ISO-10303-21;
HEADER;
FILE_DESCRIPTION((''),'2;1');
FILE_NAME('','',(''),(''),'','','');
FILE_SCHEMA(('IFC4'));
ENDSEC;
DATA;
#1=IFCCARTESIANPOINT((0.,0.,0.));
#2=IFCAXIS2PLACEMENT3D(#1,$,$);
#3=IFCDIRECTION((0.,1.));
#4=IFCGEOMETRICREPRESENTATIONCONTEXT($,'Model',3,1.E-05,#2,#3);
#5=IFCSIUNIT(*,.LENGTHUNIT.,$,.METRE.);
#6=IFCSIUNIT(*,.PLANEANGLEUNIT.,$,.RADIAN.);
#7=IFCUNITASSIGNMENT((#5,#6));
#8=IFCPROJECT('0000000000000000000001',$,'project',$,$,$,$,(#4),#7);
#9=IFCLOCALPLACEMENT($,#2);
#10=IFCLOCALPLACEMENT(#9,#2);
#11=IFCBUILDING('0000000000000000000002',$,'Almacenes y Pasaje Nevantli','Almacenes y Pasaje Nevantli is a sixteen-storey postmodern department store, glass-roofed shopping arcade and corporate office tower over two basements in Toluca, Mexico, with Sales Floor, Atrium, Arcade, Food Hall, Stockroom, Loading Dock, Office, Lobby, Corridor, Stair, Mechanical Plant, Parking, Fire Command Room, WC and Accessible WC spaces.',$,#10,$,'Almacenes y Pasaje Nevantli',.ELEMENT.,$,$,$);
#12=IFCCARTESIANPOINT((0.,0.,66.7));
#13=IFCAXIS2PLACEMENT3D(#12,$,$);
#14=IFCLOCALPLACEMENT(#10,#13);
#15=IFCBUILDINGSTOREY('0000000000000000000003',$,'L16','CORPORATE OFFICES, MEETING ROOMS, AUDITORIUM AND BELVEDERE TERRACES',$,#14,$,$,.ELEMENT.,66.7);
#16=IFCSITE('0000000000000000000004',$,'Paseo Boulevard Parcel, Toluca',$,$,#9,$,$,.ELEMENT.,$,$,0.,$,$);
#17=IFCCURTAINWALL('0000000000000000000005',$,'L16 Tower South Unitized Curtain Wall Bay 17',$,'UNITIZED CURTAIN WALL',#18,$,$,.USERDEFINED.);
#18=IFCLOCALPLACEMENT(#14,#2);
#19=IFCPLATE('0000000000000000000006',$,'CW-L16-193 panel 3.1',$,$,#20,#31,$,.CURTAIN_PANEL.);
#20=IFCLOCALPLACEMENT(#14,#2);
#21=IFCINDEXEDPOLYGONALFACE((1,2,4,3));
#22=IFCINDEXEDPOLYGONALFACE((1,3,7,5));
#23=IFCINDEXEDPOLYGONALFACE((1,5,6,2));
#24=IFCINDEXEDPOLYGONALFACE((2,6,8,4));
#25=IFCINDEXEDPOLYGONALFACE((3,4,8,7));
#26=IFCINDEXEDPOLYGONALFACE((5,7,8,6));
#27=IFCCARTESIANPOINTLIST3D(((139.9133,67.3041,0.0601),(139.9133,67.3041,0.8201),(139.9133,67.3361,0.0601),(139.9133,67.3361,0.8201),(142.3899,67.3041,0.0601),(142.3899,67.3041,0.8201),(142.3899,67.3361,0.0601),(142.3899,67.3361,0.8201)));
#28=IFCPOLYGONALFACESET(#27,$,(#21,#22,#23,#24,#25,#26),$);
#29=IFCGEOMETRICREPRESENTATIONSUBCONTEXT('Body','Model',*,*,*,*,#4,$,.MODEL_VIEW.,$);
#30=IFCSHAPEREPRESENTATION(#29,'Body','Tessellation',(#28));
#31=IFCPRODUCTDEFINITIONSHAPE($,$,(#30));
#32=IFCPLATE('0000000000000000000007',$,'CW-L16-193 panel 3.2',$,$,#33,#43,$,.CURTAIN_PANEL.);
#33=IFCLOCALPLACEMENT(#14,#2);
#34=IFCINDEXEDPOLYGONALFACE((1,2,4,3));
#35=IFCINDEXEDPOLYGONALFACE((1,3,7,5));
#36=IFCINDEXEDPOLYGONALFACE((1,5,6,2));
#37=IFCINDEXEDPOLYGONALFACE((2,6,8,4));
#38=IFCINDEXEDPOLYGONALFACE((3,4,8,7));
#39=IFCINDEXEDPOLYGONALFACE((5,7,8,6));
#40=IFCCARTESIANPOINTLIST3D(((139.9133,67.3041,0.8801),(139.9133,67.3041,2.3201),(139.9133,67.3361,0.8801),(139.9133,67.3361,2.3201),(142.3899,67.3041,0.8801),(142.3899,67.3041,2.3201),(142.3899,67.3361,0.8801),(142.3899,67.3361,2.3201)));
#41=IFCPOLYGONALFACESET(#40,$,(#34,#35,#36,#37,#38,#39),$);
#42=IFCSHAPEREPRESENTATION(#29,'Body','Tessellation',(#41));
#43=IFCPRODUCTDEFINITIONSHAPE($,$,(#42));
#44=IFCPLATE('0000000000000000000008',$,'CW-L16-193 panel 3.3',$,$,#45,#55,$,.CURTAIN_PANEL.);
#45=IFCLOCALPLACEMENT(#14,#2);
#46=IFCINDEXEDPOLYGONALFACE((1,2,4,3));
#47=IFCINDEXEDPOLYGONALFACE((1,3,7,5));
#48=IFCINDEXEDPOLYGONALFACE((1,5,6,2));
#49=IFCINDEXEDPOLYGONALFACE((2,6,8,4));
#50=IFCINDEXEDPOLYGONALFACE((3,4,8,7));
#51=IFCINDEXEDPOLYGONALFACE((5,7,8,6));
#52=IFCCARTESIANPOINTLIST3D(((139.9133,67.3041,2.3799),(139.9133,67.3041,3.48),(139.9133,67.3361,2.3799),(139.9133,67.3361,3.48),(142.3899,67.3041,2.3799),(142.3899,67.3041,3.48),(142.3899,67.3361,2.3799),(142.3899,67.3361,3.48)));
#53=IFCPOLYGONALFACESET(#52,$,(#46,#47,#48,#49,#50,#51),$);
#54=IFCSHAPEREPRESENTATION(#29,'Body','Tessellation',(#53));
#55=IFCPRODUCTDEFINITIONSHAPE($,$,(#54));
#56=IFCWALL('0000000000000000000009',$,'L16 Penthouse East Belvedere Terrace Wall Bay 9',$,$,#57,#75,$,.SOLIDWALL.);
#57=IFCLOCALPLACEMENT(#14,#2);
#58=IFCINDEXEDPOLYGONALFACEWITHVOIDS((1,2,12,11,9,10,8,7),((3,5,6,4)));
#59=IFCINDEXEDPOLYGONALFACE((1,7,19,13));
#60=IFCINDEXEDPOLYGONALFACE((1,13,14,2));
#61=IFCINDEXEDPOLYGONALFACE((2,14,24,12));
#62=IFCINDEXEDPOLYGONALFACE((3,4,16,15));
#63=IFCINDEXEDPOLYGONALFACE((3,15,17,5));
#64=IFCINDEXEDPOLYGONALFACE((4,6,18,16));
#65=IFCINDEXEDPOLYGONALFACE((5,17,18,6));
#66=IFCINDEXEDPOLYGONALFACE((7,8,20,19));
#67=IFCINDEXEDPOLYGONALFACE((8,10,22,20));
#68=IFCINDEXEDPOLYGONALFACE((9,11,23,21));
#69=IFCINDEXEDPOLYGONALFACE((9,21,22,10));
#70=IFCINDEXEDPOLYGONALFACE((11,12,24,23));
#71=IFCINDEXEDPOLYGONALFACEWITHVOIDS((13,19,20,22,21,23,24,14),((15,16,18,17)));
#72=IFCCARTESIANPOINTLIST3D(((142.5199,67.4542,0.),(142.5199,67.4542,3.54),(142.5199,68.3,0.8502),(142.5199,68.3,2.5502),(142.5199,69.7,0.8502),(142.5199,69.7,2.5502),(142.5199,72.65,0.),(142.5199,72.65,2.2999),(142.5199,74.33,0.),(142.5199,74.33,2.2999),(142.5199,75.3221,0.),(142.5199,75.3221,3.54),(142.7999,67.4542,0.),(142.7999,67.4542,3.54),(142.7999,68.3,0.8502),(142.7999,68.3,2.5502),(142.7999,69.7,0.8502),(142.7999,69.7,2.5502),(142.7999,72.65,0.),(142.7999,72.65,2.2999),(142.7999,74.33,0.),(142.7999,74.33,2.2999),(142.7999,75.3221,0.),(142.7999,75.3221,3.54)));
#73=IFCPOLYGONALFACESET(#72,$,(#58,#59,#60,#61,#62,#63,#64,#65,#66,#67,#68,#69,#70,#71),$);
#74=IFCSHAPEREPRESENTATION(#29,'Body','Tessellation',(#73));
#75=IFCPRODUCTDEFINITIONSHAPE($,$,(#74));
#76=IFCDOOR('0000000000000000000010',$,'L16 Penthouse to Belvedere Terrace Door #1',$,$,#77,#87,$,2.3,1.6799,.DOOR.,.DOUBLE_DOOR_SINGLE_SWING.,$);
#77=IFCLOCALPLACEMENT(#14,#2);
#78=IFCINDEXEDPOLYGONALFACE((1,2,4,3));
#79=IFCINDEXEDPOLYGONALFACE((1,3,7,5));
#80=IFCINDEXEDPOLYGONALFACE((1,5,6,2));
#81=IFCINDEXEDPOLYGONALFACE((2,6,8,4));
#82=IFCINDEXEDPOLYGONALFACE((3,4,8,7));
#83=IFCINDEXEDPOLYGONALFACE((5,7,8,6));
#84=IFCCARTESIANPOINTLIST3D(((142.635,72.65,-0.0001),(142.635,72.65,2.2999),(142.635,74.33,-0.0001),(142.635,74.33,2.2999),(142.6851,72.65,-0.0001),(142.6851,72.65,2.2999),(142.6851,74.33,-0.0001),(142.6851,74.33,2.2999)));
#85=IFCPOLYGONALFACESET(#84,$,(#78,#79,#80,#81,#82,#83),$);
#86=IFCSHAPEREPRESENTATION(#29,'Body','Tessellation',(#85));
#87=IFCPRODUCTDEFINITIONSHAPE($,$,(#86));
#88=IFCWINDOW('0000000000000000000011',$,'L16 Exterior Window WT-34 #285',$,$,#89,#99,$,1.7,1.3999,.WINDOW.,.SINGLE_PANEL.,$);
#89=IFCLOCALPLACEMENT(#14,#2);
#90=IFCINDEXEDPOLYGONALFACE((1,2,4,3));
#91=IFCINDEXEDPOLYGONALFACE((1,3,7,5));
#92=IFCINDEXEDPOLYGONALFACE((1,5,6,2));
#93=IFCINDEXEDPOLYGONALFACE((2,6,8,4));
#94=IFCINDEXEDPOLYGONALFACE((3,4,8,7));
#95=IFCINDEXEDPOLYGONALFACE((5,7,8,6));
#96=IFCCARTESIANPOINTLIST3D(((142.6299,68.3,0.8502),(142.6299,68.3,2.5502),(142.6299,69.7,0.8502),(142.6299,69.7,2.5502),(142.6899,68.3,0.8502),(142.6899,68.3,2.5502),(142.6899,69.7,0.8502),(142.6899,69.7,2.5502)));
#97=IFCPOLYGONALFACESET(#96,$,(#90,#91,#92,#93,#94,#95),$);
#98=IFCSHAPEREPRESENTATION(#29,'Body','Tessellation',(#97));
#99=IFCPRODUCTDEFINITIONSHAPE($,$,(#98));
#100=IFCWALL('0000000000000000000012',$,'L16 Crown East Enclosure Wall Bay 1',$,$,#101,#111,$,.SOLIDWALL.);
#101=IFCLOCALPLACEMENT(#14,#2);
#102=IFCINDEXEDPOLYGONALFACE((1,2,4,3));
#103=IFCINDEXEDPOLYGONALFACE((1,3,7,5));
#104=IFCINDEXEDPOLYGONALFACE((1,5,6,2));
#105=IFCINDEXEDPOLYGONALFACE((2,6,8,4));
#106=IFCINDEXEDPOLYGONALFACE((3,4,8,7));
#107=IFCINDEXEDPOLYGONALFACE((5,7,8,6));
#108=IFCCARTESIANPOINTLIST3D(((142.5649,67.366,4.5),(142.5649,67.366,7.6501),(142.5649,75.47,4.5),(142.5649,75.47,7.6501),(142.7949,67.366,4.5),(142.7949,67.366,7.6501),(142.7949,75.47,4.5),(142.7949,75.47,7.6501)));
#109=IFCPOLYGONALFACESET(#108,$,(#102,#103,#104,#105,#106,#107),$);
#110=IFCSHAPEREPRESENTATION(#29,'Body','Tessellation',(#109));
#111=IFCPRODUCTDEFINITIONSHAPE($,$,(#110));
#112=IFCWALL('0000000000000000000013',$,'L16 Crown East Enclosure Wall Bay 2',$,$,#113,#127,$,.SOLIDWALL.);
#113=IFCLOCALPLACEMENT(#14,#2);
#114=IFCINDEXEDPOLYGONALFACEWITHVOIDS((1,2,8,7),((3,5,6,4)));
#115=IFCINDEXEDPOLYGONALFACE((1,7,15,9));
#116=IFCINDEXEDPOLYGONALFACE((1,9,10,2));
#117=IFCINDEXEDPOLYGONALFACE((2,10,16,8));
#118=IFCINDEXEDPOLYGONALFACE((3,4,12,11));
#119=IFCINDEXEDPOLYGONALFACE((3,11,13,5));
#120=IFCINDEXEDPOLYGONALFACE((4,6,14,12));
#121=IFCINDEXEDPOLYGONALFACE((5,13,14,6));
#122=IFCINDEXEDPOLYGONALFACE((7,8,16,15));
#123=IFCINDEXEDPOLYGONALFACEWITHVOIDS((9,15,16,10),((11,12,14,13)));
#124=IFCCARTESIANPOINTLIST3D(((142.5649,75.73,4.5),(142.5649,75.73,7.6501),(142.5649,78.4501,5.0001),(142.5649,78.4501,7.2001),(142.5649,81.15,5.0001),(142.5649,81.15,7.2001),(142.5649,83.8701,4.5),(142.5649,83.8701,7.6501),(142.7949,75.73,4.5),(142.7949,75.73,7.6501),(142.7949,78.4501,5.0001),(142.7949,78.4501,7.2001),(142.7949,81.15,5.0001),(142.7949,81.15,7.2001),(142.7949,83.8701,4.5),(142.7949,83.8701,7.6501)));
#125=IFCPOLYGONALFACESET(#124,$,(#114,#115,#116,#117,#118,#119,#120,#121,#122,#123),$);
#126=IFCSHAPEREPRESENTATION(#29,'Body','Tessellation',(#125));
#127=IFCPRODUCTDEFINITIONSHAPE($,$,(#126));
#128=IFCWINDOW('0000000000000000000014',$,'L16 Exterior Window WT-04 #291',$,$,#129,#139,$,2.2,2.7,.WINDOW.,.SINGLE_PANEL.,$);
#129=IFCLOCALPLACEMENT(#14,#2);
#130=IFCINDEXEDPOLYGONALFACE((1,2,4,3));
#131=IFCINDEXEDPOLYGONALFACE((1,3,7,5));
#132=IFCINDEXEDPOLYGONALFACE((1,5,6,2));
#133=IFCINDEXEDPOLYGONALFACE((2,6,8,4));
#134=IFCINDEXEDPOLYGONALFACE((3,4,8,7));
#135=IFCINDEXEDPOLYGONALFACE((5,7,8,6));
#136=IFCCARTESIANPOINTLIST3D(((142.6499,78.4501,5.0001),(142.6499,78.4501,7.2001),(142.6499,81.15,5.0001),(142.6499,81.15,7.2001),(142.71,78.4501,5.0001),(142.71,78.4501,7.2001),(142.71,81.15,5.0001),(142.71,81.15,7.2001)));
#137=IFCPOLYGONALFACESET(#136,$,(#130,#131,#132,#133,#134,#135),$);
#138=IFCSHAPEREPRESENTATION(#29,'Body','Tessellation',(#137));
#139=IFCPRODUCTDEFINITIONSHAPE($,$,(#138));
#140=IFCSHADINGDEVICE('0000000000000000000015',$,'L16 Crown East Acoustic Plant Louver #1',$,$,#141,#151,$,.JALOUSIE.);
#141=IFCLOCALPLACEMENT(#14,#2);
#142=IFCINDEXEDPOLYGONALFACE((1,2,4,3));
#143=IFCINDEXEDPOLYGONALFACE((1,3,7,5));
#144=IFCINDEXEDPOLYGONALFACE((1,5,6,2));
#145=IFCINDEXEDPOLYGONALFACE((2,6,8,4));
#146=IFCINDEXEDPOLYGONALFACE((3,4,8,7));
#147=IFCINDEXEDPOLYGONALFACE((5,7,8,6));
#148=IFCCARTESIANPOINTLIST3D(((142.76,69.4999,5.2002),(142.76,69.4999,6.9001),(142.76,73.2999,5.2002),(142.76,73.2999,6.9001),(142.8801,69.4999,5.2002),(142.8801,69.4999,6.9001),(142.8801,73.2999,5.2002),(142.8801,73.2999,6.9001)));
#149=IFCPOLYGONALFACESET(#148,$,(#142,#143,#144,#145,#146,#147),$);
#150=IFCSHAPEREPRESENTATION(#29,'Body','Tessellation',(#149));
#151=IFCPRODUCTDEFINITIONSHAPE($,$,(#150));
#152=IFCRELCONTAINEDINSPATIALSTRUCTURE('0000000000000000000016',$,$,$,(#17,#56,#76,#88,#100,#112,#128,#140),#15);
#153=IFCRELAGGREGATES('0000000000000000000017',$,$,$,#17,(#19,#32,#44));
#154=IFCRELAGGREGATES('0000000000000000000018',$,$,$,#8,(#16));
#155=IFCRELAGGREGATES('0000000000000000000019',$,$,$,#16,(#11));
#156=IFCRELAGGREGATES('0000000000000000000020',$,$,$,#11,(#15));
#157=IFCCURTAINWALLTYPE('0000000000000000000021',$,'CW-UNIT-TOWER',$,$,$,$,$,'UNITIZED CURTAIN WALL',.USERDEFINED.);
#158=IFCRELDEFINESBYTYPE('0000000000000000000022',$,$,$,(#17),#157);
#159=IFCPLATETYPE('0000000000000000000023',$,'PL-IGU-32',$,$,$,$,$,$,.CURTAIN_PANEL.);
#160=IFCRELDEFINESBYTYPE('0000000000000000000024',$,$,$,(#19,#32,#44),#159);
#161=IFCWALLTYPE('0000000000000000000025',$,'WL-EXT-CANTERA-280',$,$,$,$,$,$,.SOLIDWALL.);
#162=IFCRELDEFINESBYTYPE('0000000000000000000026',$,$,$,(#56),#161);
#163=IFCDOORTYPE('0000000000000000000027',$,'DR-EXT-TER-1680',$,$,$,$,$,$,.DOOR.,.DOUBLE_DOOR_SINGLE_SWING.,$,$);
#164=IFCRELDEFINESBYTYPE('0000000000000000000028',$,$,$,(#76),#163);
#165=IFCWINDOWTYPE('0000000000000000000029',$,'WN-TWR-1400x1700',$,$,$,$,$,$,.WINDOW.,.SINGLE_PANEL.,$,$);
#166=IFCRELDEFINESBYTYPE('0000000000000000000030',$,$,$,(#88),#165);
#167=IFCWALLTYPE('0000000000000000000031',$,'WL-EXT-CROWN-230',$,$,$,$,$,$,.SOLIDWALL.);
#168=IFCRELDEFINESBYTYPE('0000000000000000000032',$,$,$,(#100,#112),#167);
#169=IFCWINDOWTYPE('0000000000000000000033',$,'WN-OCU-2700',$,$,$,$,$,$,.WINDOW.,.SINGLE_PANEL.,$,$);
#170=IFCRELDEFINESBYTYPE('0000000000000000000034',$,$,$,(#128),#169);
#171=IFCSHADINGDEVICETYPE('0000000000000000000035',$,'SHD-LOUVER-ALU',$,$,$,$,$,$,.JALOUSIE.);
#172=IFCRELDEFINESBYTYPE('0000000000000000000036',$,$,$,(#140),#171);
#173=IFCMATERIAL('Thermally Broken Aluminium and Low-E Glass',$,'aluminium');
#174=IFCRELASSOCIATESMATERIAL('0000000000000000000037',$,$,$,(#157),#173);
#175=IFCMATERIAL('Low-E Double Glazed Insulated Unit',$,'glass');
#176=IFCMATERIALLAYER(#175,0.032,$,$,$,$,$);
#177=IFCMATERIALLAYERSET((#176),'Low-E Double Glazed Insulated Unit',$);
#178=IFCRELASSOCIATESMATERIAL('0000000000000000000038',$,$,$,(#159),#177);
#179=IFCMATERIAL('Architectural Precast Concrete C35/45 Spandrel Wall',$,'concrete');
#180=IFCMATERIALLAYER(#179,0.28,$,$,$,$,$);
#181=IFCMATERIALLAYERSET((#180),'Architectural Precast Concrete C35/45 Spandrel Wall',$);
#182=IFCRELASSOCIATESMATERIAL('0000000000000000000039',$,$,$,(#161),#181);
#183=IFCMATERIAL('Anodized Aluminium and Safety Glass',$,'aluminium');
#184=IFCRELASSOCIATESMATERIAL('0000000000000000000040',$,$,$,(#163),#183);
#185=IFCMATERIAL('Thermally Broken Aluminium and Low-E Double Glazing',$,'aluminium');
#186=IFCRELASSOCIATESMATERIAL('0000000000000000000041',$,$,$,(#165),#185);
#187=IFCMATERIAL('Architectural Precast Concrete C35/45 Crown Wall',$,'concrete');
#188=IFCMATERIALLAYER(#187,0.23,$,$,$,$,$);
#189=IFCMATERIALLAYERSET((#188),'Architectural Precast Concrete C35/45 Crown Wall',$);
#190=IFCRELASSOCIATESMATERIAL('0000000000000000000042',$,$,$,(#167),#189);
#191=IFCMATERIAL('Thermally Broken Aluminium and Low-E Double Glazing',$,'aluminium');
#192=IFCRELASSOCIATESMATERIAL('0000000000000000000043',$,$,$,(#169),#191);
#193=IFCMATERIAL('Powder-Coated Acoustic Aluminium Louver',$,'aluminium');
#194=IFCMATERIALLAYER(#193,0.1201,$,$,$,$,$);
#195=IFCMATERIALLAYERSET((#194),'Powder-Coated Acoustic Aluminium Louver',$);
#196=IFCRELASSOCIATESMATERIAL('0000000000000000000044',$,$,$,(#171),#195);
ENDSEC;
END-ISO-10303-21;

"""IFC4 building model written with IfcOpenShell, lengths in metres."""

from ifc_helpers import new_model, si_unit, direction, frame, frame_2d, origin, origin_2d, place, context, subcontext, project, spatial, rectangle, extrude, material, layer, layer_set, type_object, element, fill, aggregate, save


model = new_model("IFC4")

# Units and contexts
model_context = context("Model", 3, precision=1e-05, world=origin(), true_north=direction((0.0, 1.0)))
body_context = subcontext(model_context, "Body", "Model", "MODEL_VIEW")
ifc_project = project(units=[si_unit("LENGTHUNIT", "METRE"), si_unit("PLANEANGLEUNIT", "RADIAN")], contexts=[model_context])

# Site, building, storey
site_placement = place(None, origin())
site = spatial("IfcSite", under=ifc_project, at=site_placement, Name="Paseo Boulevard Parcel, Toluca", CompositionType="ELEMENT", RefElevation=0.0)
building_placement = place(site_placement, origin())
building = spatial("IfcBuilding", under=site, at=building_placement, Name="Almacenes y Pasaje Nevantli", Description="Almacenes y Pasaje Nevantli is a sixteen-storey postmodern department store, glass-roofed shopping arcade and corporate office tower over two basements in Toluca, Mexico, with Sales Floor, Atrium, Arcade, Food Hall, Stockroom, Loading Dock, Office, Lobby, Corridor, Stair, Mechanical Plant, Parking, Fire Command Room, WC and Accessible WC spaces.", LongName="Almacenes y Pasaje Nevantli", CompositionType="ELEMENT")
storey_placement = place(building_placement, frame((0.0, 0.0, 66.7)))
storey = spatial("IfcBuildingStorey", under=building, at=storey_placement, Name="L16", Description="CORPORATE OFFICES, MEETING ROOMS, AUDITORIUM AND BELVEDERE TERRACES", CompositionType="ELEMENT", Elevation=66.7)

# Curtain wall
ifc_material_1 = material(Name="Thermally Broken Aluminium and Low-E Glass", Category="aluminium")
curtain_wall_type = type_object("IfcCurtainWallType", Name="CW-UNIT-TOWER", ElementType="UNITIZED CURTAIN WALL", PredefinedType="USERDEFINED", material=ifc_material_1)
curtain_wall_1_placement = place(storey_placement, origin())
curtain_wall_1 = element("IfcCurtainWall", 1, at=curtain_wall_1_placement, inside=storey, type_object=curtain_wall_type, Name="L16 Tower South Unitized Curtain Wall Bay 17", ObjectType="UNITIZED CURTAIN WALL", PredefinedType="USERDEFINED")

# Plates
ifc_material_2 = material(Name="Low-E Double Glazed Insulated Unit", Category="glass")
ifc_layer_1 = layer(ifc_material_2, 0.032)
ifc_layer_set_1 = layer_set([ifc_layer_1], Name="Low-E Double Glazed Insulated Unit")
plate_type = type_object("IfcPlateType", Name="PL-IGU-32", PredefinedType="CURTAIN_PANEL", material=ifc_layer_set_1)
plate_1_placement = place(storey_placement, frame((141.1516, 67.3201, 0.0601), z_axis=(0.0, 0.0, 1.0), x_axis=(1.0, 0.0, 0.0)))
plate_1 = element("IfcPlate", 2, at=plate_1_placement, type_object=plate_type, Name="CW-L16-193 panel 3.1", PredefinedType="CURTAIN_PANEL", context=body_context, shape_type="SweptSolid", body=[
    extrude(rectangle(XDim=2.4766, YDim=0.032, at=origin_2d()), origin(), (0.0, 0.0, 1.0), 0.76),
])
plate_2_placement = place(storey_placement, frame((141.1516, 67.3201, 0.8801), z_axis=(0.0, 0.0, 1.0), x_axis=(1.0, 0.0, 0.0)))
plate_2 = element("IfcPlate", 3, at=plate_2_placement, type_object=plate_type, Name="CW-L16-193 panel 3.2", PredefinedType="CURTAIN_PANEL", context=body_context, shape_type="SweptSolid", body=[
    extrude(rectangle(XDim=2.4766, YDim=0.032, at=origin_2d()), origin(), (0.0, 0.0, 1.0), 1.4399),
])
plate_3_placement = place(storey_placement, frame((141.1516, 67.3201, 2.3799), z_axis=(0.0, 0.0, 1.0), x_axis=(1.0, 0.0, 0.0)))
plate_3 = element("IfcPlate", 4, at=plate_3_placement, type_object=plate_type, Name="CW-L16-193 panel 3.3", PredefinedType="CURTAIN_PANEL", context=body_context, shape_type="SweptSolid", body=[
    extrude(rectangle(XDim=2.4766, YDim=0.032, at=origin_2d()), origin(), (0.0, 0.0, 1.0), 1.1001),
])
aggregate(curtain_wall_1, [plate_1, plate_2, plate_3])

# Wall, openings, door, window
ifc_material_3 = material(Name="Architectural Precast Concrete C35/45 Spandrel Wall", Category="concrete")
ifc_layer_2 = layer(ifc_material_3, 0.28)
ifc_layer_set_2 = layer_set([ifc_layer_2], Name="Architectural Precast Concrete C35/45 Spandrel Wall")
wall_type_1 = type_object("IfcWallType", Name="WL-EXT-CANTERA-280", PredefinedType="SOLIDWALL", material=ifc_layer_set_2)
wall_1_placement = place(storey_placement, frame((142.6599, 67.4541, 0.0), z_axis=(0.0, 0.0, 1.0), x_axis=(0.0, 1.0, 0.0)))
wall_1 = element("IfcWall", 5, at=wall_1_placement, inside=storey, type_object=wall_type_1, Name="L16 Penthouse East Belvedere Terrace Wall Bay 9", PredefinedType="SOLIDWALL", context=body_context, shape_type="SweptSolid", body=[
    extrude(rectangle(XDim=7.8679, YDim=0.28, at=frame_2d((3.9341, 0.0))), origin(), (0.0, 0.0, 1.0), 3.54),
])
opening_1_placement = place(wall_1_placement, frame((0.8459, 0.0, 0.8501)))
opening_1 = element("IfcOpeningElement", 6, at=opening_1_placement, cuts=wall_1, PredefinedType="OPENING", context=body_context, shape_type="SweptSolid", body=[
    extrude(rectangle(XDim=1.3999, YDim=1.7, at=frame_2d((0.7, 0.8501))), frame((0.0, 0.1499, 0.0), z_axis=(0.0, -1.0, 0.0), x_axis=(1.0, 0.0, 0.0)), (0.0, 0.0, 1.0), 0.3),
])
opening_2_placement = place(wall_1_placement, frame((5.196, 0.0, 0.0)))
opening_2 = element("IfcOpeningElement", 7, at=opening_2_placement, cuts=wall_1, PredefinedType="OPENING", context=body_context, shape_type="SweptSolid", body=[
    extrude(rectangle(XDim=1.6799, YDim=2.3, at=frame_2d((0.8398, 1.1499))), frame((0.0, 0.1499, 0.0), z_axis=(0.0, -1.0, 0.0), x_axis=(1.0, 0.0, 0.0)), (0.0, 0.0, 1.0), 0.3),
])
ifc_material_4 = material(Name="Anodized Aluminium and Safety Glass", Category="aluminium")
door_type = type_object("IfcDoorType", Name="DR-EXT-TER-1680", OperationType="DOUBLE_DOOR_SINGLE_SWING", PredefinedType="DOOR", material=ifc_material_4)
door_placement = place(opening_2_placement, origin())
door = element("IfcDoor", 8, at=door_placement, inside=storey, type_object=door_type, Name="L16 Penthouse to Belvedere Terrace Door #1", OperationType="DOUBLE_DOOR_SINGLE_SWING", OverallHeight=2.3, OverallWidth=1.6799, PredefinedType="DOOR", context=body_context, shape_type="SweptSolid", body=[
    extrude(rectangle(XDim=1.6799, YDim=2.3, at=frame_2d((0.8398, 1.1499))), frame((0.0, 0.0249, 0.0), z_axis=(0.0, -1.0, 0.0), x_axis=(1.0, 0.0, 0.0)), (0.0, 0.0, 1.0), 0.05),
])
fill(opening_2, door)
ifc_material_5 = material(Name="Thermally Broken Aluminium and Low-E Double Glazing", Category="aluminium")
window_type_1 = type_object("IfcWindowType", Name="WN-TWR-1400x1700", PartitioningType="SINGLE_PANEL", PredefinedType="WINDOW", material=ifc_material_5)
window_1_placement = place(opening_1_placement, origin())
window_1 = element("IfcWindow", 9, at=window_1_placement, inside=storey, type_object=window_type_1, Name="L16 Exterior Window WT-34 #285", OverallHeight=1.7, OverallWidth=1.3999, PartitioningType="SINGLE_PANEL", PredefinedType="WINDOW", context=body_context, shape_type="SweptSolid", body=[
    extrude(rectangle(XDim=1.3999, YDim=1.7, at=frame_2d((0.7, 0.8501))), frame((0.0, 0.03, 0.0), z_axis=(0.0, -1.0, 0.0), x_axis=(1.0, 0.0, 0.0)), (0.0, 0.0, 1.0), 0.0601),
])
fill(opening_1, window_1)

# Wall
ifc_material_6 = material(Name="Architectural Precast Concrete C35/45 Crown Wall", Category="concrete")
ifc_layer_3 = layer(ifc_material_6, 0.23)
ifc_layer_set_3 = layer_set([ifc_layer_3], Name="Architectural Precast Concrete C35/45 Crown Wall")
wall_type_2 = type_object("IfcWallType", Name="WL-EXT-CROWN-230", PredefinedType="SOLIDWALL", material=ifc_layer_set_3)
wall_2_placement = place(storey_placement, frame((142.6799, 67.366, 4.5), z_axis=(0.0, 0.0, 1.0), x_axis=(0.0, 1.0, 0.0)))
element("IfcWall", 10, at=wall_2_placement, inside=storey, type_object=wall_type_2, Name="L16 Crown East Enclosure Wall Bay 1", PredefinedType="SOLIDWALL", context=body_context, shape_type="SweptSolid", body=[
    extrude(rectangle(XDim=8.104, YDim=0.23, at=frame_2d((4.052, 0.0))), origin(), (0.0, 0.0, 1.0), 3.1501),
])

# Wall, opening, window
wall_3_placement = place(storey_placement, frame((142.6799, 75.73, 4.5), z_axis=(0.0, 0.0, 1.0), x_axis=(0.0, 1.0, 0.0)))
wall_3 = element("IfcWall", 11, at=wall_3_placement, inside=storey, type_object=wall_type_2, Name="L16 Crown East Enclosure Wall Bay 2", PredefinedType="SOLIDWALL", context=body_context, shape_type="SweptSolid", body=[
    extrude(rectangle(XDim=8.1401, YDim=0.23, at=frame_2d((4.0701, 0.0))), origin(), (0.0, 0.0, 1.0), 3.1501),
])
opening_3_placement = place(wall_3_placement, frame((2.72, 0.0, 0.5)))
opening_3 = element("IfcOpeningElement", 12, at=opening_3_placement, cuts=wall_3, PredefinedType="OPENING", context=body_context, shape_type="SweptSolid", body=[
    extrude(rectangle(XDim=2.7, YDim=2.2, at=frame_2d((1.3501, 1.1001))), frame((0.0, 0.125, 0.0), z_axis=(0.0, -1.0, 0.0), x_axis=(1.0, 0.0, 0.0)), (0.0, 0.0, 1.0), 0.25),
])
ifc_material_7 = material(Name="Thermally Broken Aluminium and Low-E Double Glazing", Category="aluminium")
window_type_2 = type_object("IfcWindowType", Name="WN-OCU-2700", PartitioningType="SINGLE_PANEL", PredefinedType="WINDOW", material=ifc_material_7)
window_2_placement = place(opening_3_placement, origin())
window_2 = element("IfcWindow", 13, at=window_2_placement, inside=storey, type_object=window_type_2, Name="L16 Exterior Window WT-04 #291", OverallHeight=2.2, OverallWidth=2.7, PartitioningType="SINGLE_PANEL", PredefinedType="WINDOW", context=body_context, shape_type="SweptSolid", body=[
    extrude(rectangle(XDim=2.7, YDim=2.2, at=frame_2d((1.3501, 1.1001))), frame((0.0, 0.03, 0.0), z_axis=(0.0, -1.0, 0.0), x_axis=(1.0, 0.0, 0.0)), (0.0, 0.0, 1.0), 0.0601),
])
fill(opening_3, window_2)

# Shading device
ifc_material_8 = material(Name="Powder-Coated Acoustic Aluminium Louver", Category="aluminium")
ifc_layer_4 = layer(ifc_material_8, 0.1201)
ifc_layer_set_4 = layer_set([ifc_layer_4], Name="Powder-Coated Acoustic Aluminium Louver")
shading_device_type = type_object("IfcShadingDeviceType", Name="SHD-LOUVER-ALU", PredefinedType="JALOUSIE", material=ifc_layer_set_4)
shading_device_placement = place(storey_placement, frame((142.8201, 71.3999, 5.2002), z_axis=(0.0, 0.0, 1.0), x_axis=(1.0, 0.0, 0.0)))
element("IfcShadingDevice", 14, at=shading_device_placement, inside=storey, type_object=shading_device_type, Name="L16 Crown East Acoustic Plant Louver #1", PredefinedType="JALOUSIE", context=body_context, shape_type="SweptSolid", body=[
    extrude(rectangle(XDim=0.1201, YDim=3.8, at=origin_2d()), origin(), (0.0, 0.0, 1.0), 1.7),
])

save(model, "model.ifc")
